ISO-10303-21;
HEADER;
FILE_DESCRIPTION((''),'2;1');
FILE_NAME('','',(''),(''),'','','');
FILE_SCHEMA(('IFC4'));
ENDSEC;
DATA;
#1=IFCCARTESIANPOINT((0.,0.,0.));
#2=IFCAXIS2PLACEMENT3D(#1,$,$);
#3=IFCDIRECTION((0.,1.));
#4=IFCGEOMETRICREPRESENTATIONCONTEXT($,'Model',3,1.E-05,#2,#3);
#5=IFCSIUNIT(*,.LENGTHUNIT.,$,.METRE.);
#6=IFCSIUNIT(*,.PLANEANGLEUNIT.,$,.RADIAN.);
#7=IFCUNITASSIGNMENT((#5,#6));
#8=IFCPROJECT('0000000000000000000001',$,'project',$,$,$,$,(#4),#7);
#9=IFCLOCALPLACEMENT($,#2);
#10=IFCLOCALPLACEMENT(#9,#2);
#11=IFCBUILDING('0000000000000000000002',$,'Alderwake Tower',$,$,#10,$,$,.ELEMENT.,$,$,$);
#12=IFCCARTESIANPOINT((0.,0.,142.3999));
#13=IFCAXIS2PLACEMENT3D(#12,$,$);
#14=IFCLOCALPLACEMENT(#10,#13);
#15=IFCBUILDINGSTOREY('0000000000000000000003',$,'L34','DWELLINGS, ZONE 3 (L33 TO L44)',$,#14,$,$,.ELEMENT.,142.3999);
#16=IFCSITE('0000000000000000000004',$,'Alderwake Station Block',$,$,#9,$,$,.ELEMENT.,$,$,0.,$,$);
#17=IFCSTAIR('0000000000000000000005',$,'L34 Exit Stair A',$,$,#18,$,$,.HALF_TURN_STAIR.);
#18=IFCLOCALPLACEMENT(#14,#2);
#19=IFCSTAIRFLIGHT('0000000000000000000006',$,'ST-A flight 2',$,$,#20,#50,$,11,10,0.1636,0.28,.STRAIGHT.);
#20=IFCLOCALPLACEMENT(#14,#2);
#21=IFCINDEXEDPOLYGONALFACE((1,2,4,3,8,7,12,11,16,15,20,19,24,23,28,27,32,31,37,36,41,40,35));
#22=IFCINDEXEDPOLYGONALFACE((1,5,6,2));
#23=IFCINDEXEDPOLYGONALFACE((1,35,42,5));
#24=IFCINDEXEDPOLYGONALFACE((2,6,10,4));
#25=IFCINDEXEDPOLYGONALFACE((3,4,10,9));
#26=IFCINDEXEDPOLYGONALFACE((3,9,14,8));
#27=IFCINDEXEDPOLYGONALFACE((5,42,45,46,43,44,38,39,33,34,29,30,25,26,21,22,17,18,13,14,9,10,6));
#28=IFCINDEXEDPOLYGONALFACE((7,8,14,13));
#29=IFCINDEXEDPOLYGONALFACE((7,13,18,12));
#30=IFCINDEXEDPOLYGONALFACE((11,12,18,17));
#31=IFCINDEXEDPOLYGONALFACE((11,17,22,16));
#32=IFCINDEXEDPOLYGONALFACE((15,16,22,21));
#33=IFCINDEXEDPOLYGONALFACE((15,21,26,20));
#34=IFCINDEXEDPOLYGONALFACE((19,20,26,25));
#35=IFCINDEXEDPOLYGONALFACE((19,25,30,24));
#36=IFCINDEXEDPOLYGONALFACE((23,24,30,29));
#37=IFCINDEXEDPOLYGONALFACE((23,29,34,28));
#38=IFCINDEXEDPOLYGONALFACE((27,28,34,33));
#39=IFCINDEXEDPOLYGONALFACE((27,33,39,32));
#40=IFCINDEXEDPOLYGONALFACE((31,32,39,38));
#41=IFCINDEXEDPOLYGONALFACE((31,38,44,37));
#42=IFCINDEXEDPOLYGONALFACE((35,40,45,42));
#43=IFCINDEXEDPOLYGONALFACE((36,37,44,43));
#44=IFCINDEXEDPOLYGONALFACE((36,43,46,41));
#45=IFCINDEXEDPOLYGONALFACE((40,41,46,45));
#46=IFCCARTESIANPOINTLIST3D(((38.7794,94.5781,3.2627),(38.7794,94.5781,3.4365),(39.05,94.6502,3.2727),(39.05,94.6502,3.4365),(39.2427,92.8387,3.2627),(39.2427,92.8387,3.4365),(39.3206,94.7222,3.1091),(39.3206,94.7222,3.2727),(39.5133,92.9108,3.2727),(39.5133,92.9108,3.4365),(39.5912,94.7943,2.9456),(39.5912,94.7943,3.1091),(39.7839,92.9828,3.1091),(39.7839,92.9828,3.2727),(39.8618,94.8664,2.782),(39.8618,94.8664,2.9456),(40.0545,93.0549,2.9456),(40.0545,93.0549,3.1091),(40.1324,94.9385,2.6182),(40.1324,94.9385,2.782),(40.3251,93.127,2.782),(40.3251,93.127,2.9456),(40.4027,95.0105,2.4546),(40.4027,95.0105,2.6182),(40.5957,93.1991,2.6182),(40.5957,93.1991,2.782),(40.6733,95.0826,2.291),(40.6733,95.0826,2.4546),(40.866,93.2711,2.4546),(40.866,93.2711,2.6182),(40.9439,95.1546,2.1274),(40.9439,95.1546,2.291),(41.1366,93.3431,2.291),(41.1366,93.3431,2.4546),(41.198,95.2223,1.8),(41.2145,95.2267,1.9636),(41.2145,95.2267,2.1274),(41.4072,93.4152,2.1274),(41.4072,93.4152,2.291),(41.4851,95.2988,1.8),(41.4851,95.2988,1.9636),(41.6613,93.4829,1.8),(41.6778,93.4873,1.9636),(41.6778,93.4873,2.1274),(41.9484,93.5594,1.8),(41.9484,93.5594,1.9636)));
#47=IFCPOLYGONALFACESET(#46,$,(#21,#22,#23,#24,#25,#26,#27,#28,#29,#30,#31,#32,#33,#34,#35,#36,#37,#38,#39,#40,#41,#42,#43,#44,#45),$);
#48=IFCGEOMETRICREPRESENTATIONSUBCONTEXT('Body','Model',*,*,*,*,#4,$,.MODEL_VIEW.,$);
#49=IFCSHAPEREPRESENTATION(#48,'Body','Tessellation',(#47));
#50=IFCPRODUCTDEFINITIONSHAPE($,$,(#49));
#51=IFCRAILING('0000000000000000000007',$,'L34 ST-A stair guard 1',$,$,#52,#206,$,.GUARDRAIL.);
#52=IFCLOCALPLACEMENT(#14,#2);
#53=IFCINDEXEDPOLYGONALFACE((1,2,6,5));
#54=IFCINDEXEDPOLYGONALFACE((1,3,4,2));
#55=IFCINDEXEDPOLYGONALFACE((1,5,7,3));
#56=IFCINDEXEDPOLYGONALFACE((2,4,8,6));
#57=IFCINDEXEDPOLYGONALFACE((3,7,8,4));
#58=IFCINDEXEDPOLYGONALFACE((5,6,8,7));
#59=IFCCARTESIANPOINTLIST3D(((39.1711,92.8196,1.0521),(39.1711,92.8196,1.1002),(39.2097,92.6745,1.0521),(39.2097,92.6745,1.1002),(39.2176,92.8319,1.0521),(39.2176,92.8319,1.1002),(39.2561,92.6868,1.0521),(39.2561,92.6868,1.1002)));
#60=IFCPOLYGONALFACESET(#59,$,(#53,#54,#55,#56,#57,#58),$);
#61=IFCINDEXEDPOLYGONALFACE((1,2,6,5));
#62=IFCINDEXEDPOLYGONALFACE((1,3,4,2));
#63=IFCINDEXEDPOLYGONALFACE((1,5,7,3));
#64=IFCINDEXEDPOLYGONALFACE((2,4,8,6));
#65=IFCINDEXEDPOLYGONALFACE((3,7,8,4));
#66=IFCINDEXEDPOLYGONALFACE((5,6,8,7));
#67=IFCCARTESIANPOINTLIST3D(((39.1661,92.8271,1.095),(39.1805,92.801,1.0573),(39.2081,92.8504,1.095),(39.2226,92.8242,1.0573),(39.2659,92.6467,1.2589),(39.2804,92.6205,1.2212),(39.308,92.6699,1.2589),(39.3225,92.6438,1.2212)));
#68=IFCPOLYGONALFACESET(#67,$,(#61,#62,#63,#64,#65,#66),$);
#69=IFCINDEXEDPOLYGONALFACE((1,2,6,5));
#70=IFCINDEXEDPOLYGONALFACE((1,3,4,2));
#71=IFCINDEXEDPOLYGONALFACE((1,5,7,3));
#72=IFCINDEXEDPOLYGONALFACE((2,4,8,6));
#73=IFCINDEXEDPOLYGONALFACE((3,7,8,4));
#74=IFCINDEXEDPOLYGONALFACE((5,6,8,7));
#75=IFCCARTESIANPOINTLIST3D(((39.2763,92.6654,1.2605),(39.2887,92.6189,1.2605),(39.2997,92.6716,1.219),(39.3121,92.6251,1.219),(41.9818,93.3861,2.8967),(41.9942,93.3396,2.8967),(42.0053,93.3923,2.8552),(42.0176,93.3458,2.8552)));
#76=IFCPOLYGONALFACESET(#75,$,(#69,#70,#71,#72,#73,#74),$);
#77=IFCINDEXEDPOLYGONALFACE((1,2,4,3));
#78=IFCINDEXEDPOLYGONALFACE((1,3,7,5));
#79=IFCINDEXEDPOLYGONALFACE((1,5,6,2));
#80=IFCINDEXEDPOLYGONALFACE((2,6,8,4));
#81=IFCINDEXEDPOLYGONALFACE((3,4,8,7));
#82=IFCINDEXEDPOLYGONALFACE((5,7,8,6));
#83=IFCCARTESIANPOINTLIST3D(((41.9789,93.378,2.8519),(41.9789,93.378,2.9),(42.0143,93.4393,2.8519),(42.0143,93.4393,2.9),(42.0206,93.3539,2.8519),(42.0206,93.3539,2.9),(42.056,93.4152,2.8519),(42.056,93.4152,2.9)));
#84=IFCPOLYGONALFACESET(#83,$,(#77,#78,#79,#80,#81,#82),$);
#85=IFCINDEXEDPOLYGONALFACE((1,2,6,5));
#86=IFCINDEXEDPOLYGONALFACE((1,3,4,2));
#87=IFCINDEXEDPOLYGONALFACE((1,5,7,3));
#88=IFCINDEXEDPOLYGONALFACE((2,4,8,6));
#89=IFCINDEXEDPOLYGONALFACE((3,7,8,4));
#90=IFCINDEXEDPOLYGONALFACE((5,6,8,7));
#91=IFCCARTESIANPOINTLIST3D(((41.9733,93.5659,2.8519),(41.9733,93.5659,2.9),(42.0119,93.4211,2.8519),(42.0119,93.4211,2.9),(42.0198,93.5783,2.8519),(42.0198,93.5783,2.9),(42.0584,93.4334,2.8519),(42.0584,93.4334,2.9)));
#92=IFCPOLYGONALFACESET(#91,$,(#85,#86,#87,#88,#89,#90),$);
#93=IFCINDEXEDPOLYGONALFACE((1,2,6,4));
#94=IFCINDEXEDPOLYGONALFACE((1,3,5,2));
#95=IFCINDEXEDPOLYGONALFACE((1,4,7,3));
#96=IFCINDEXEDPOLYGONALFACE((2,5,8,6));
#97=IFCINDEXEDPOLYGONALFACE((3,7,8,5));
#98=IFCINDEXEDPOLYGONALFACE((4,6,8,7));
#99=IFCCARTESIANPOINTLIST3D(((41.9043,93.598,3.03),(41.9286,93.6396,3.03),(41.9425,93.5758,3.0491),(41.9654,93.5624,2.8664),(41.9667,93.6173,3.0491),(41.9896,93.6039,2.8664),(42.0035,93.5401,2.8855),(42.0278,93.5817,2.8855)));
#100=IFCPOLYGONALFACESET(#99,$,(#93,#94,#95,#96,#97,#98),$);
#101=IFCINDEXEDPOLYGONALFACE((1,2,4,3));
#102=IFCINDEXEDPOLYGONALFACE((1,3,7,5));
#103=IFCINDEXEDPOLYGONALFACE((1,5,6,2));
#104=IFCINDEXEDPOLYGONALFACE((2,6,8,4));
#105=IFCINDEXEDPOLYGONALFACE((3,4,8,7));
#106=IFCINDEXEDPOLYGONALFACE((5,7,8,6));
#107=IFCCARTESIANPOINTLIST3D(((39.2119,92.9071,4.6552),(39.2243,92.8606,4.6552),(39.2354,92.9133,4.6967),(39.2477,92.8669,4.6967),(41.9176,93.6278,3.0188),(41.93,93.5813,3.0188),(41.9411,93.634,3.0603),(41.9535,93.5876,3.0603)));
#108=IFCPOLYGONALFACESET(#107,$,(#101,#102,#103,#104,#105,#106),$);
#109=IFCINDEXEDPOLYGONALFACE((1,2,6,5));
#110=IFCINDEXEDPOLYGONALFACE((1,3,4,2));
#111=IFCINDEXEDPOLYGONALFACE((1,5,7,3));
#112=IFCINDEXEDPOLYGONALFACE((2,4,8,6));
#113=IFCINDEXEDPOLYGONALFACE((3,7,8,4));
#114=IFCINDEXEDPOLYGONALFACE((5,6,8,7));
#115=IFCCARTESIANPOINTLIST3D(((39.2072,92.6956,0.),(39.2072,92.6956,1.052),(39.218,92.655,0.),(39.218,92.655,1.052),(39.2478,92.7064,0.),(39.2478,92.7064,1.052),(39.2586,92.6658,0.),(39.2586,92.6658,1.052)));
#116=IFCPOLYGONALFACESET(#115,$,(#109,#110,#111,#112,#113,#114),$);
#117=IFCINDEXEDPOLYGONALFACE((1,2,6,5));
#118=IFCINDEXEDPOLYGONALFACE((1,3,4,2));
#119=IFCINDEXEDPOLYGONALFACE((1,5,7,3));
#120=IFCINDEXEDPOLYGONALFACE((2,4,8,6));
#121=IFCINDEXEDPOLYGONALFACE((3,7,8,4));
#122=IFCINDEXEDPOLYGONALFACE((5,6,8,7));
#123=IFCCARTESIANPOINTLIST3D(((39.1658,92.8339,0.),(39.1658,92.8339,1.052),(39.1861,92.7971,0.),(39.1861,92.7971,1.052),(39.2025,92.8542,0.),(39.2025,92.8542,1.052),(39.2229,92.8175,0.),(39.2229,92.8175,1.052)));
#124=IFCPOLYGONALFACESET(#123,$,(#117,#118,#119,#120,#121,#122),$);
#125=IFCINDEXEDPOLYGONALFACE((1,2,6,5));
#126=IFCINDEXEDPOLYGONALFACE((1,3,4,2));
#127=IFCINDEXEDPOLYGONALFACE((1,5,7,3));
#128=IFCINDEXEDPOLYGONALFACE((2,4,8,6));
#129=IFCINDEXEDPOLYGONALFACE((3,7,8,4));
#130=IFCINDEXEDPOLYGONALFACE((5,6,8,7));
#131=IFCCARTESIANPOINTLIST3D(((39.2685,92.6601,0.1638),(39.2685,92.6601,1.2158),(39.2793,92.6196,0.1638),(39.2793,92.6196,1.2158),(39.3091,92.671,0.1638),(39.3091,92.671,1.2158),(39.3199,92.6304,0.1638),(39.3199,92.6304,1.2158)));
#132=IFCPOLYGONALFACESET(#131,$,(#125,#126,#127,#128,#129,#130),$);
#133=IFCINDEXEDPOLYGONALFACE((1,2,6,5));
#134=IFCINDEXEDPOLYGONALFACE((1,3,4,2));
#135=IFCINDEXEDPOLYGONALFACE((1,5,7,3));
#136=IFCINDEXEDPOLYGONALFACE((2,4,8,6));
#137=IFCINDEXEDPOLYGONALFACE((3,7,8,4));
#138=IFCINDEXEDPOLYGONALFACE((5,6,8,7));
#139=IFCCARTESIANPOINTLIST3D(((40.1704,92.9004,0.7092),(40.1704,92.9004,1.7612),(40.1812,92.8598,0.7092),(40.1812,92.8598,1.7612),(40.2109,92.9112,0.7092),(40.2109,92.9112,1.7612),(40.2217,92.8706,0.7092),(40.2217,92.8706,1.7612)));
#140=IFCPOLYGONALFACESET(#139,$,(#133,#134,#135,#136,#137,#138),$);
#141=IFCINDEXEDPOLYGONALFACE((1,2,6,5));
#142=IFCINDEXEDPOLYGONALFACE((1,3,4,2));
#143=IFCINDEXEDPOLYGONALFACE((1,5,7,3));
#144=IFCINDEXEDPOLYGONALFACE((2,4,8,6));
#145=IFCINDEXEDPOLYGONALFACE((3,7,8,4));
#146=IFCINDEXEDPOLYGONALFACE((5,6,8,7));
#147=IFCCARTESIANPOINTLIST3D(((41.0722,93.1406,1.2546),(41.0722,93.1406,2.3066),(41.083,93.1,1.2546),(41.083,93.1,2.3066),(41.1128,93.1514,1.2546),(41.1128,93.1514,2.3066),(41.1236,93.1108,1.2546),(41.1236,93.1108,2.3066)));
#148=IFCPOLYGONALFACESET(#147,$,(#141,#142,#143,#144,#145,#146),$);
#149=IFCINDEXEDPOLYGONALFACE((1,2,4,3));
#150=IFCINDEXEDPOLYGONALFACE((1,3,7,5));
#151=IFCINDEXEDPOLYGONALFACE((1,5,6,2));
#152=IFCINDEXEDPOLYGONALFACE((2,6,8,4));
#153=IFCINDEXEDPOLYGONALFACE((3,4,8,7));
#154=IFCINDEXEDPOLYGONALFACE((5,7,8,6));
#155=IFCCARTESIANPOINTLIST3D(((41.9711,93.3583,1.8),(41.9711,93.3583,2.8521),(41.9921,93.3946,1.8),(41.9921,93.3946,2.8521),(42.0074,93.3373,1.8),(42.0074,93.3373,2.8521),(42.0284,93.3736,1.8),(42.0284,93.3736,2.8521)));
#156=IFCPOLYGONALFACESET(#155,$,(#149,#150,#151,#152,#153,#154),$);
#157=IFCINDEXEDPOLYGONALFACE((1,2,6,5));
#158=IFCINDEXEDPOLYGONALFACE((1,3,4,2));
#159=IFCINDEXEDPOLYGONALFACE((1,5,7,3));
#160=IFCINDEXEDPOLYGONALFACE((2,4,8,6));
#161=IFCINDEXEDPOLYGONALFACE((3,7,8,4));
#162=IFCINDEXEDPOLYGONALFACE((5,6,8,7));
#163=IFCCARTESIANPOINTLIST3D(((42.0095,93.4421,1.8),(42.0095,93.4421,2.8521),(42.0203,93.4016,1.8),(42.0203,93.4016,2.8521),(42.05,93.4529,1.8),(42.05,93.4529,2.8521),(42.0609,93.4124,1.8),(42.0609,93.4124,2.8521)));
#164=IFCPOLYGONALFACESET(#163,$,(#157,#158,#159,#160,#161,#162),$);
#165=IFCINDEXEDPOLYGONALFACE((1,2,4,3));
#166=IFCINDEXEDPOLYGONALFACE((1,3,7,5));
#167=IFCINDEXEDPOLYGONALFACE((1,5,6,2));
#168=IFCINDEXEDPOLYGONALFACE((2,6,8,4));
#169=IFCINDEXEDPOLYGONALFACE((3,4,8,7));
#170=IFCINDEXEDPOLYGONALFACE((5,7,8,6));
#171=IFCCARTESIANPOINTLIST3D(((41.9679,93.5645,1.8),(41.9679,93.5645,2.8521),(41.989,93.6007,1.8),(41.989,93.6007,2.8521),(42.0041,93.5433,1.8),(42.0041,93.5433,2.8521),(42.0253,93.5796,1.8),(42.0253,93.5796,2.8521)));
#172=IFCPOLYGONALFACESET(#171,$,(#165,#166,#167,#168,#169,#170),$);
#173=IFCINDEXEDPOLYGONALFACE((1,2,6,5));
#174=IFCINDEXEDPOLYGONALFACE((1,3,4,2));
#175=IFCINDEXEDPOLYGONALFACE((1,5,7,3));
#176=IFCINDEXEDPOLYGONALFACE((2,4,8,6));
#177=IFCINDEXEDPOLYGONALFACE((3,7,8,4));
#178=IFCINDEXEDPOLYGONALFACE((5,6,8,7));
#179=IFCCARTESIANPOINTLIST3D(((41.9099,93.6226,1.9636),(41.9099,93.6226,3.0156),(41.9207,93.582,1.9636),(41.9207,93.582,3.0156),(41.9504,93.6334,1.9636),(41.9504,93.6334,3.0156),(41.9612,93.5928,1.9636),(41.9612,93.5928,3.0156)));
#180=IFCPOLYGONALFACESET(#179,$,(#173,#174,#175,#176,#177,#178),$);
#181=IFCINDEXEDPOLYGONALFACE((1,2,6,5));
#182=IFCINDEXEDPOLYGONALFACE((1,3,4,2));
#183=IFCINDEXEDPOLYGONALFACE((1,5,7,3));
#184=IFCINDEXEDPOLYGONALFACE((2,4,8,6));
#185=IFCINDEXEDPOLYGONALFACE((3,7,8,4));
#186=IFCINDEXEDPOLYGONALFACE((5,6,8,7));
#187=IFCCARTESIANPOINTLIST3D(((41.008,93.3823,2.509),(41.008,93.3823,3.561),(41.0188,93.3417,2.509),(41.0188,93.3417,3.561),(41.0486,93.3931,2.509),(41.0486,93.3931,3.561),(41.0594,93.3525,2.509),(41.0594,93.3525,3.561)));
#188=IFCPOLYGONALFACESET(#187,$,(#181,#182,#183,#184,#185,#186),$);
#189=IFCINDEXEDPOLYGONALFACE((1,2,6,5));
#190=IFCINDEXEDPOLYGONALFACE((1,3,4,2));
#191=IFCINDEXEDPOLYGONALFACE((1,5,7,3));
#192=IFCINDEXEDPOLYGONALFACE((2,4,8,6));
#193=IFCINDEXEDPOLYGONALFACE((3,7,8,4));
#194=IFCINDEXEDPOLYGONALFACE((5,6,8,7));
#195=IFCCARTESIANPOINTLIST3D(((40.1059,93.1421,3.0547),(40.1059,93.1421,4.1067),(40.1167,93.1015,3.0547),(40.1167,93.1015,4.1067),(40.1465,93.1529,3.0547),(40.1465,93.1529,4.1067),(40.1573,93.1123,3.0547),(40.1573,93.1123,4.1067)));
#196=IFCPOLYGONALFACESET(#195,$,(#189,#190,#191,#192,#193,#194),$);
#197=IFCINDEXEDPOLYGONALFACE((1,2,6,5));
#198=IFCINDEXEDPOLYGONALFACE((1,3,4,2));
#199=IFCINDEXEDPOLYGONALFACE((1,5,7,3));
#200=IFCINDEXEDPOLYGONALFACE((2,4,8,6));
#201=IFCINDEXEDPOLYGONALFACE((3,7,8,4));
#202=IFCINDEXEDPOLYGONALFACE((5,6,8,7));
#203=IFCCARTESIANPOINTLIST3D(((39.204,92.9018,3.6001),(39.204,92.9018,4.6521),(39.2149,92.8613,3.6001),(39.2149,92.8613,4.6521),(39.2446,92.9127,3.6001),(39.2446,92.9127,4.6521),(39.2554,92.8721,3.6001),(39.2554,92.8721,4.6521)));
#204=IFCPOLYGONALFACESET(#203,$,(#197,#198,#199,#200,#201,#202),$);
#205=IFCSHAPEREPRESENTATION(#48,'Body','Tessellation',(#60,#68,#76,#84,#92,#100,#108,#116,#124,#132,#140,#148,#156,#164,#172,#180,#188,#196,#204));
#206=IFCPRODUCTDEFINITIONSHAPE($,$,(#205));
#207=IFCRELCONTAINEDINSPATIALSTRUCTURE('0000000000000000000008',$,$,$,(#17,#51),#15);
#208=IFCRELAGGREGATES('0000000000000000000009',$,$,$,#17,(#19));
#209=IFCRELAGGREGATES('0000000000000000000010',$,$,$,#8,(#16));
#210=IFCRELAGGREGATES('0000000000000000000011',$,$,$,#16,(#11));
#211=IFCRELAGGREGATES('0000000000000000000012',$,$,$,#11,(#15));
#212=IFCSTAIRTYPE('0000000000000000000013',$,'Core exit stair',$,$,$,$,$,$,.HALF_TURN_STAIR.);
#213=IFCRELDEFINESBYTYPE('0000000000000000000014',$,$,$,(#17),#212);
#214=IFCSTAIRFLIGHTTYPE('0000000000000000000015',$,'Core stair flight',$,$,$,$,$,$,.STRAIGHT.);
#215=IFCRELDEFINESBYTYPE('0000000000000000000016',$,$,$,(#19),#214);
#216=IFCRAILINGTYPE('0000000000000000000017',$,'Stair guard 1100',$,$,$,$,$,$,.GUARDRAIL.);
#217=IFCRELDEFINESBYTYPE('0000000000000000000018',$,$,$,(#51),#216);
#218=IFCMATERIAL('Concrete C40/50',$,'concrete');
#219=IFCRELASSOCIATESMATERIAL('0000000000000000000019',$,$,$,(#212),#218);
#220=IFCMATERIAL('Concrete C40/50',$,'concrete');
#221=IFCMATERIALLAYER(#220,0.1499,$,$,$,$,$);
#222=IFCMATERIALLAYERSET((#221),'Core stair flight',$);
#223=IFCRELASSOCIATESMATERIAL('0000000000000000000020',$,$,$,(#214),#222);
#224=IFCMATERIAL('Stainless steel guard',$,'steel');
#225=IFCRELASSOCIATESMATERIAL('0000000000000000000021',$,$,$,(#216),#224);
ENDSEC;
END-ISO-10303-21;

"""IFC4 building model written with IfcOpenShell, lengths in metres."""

from ifc_helpers import new_model, si_unit, direction, frame, origin, origin_2d, place, context, subcontext, project, spatial, polyline, rectangle, outline, extrude, material, layer, layer_set, type_object, element, aggregate, save


model = new_model("IFC4")

# Units and contexts
model_context = context("Model", 3, precision=1e-05, world=origin(), true_north=direction((0.0, 1.0)))
body_context = subcontext(model_context, "Body", "Model", "MODEL_VIEW")
ifc_project = project(units=[si_unit("LENGTHUNIT", "METRE"), si_unit("PLANEANGLEUNIT", "RADIAN")], contexts=[model_context])

# Site, building, storey
site_placement = place(None, origin())
site = spatial("IfcSite", under=ifc_project, at=site_placement, Name="Alderwake Station Block", CompositionType="ELEMENT", RefElevation=0.0)
building_placement = place(site_placement, origin())
building = spatial("IfcBuilding", under=site, at=building_placement, Name="Alderwake Tower", CompositionType="ELEMENT")
storey_placement = place(building_placement, frame((0.0, 0.0, 142.3999)))
storey = spatial("IfcBuildingStorey", under=building, at=storey_placement, Name="L34", Description="DWELLINGS, ZONE 3 (L33 TO L44)", CompositionType="ELEMENT", Elevation=142.3999)

# Stair, stair flight
ifc_material_1 = material(Name="Concrete C40/50", Category="concrete")
stair_type = type_object("IfcStairType", Name="Core exit stair", PredefinedType="HALF_TURN_STAIR", material=ifc_material_1)
stair_placement = place(storey_placement, origin())
stair = element("IfcStair", 1, at=stair_placement, inside=storey, type_object=stair_type, Name="L34 Exit Stair A", PredefinedType="HALF_TURN_STAIR")
ifc_material_2 = material(Name="Concrete C40/50", Category="concrete")
ifc_layer_1 = layer(ifc_material_2, 0.1499)
ifc_layer_set_1 = layer_set([ifc_layer_1], Name="Core stair flight")
stair_flight_type = type_object("IfcStairFlightType", Name="Core stair flight", PredefinedType="STRAIGHT", material=ifc_layer_set_1)
stair_flight_placement = place(storey_placement, frame((41.7168, 94.429, 1.8), z_axis=(0.0, 0.0, 1.0), x_axis=(-0.96631, -0.257382, 0.0)))
stair_flight = element("IfcStairFlight", 2, at=stair_flight_placement, type_object=stair_flight_type, Name="ST-A flight 2", NumberOfRisers=11, NumberOfTreads=10, PredefinedType="STRAIGHT", RiserHeight=0.1636, TreadLength=0.28, context=body_context, shape_type="SweptSolid", body=[
    extrude(outline(polyline([(0.0, 0.0), (0.0, 0.1636), (0.28, 0.1636), (0.28, 0.3274), (0.5601, 0.3274), (0.5601, 0.491), (0.8401, 0.491), (0.8401, 0.6545), (1.1201, 0.6545), (1.1201, 0.8181), (1.3999, 0.8181), (1.3999, 0.9819), (1.6799, 0.9819), (1.6799, 1.1455), (1.96, 1.1455), (1.96, 1.3091), (2.24, 1.3091), (2.24, 1.4727), (2.52, 1.4727), (2.52, 1.6365), (2.8, 1.6365), (2.8, 1.8), (2.8, 1.4626), (0.2971, 0.0), (0.0, 0.0)])), frame((0.0, 0.8999, 0.0), z_axis=(0.0, -1.0, 0.0), x_axis=(1.0, 0.0, 0.0)), (0.0, 0.0, 1.0), 1.8),
])
aggregate(stair, [stair_flight])

# Railing
ifc_material_3 = material(Name="Stainless steel guard", Category="steel")
railing_type_1 = type_object("IfcRailingType", Name="Stair guard 1100", PredefinedType="GUARDRAIL", material=ifc_material_3)
railing_1_placement = place(storey_placement, frame((39.2329, 92.6807, 0.0)))
element("IfcRailing", 3, at=railing_1_placement, inside=storey, type_object=railing_type_1, Name="L34 ST-A stair guard 1", PredefinedType="GUARDRAIL", context=body_context, shape_type="SweptSolid", body=[
    extrude(rectangle(XDim=0.0481, YDim=0.0481, at=origin_2d()), frame((0.0, 0.0, 1.0762), z_axis=(-0.257055, 0.966397, 0.0), x_axis=(-0.966397, -0.257055, 0.0)), (0.0, 0.0, 1.0), 0.1501),
    extrude(rectangle(XDim=0.0481, YDim=0.0481, at=origin_2d()), frame((-0.0386, 0.145, 1.0762), z_axis=(0.379152, -0.685069, 0.622032), x_axis=(0.874938, 0.484235, 0.0)), (0.0, 0.0, 1.0), 0.2634),
    extrude(rectangle(XDim=0.0481, YDim=0.0481, at=origin_2d()), frame((0.0613, -0.0354, 1.2397), z_axis=(0.834291, 0.222237, 0.504549), x_axis=(-0.257402, 0.966304, 0.0)), (0.0, 0.0, 1.0), 3.2429),
    extrude(rectangle(XDim=0.0481, YDim=0.0481, at=origin_2d()), frame((2.7668, 0.6853, 2.876), z_axis=(0.50022, 0.865898, 0.0), x_axis=(-0.865898, 0.50022, 0.0)), (0.0, 0.0, 1.0), 0.0708),
    extrude(rectangle(XDim=0.0481, YDim=0.0481, at=origin_2d()), frame((2.8022, 0.7466, 2.876), z_axis=(-0.25746, 0.966289, 0.0), x_axis=(-0.966289, -0.25746, 0.0)), (0.0, 0.0, 1.0), 0.1499),
    extrude(rectangle(XDim=0.0481, YDim=0.0481, at=origin_2d()), frame((2.7637, 0.8914, 2.876), z_axis=(-0.342525, 0.200035, 0.917967), x_axis=(-0.5043, -0.863528, 0.0)), (0.0, 0.0, 1.0), 0.1782),
    extrude(rectangle(XDim=0.0481, YDim=0.0481, at=origin_2d()), frame((2.7026, 0.927, 3.0396), z_axis=(-0.834282, -0.222214, 0.504574), x_axis=(0.25738, -0.96631, 0.0)), (0.0, 0.0, 1.0), 3.2432),
    extrude(rectangle(XDim=0.042, YDim=0.042, at=origin_2d()), frame((0.0, 0.0, 0.0), z_axis=(0.0, 0.0, 1.0), x_axis=(-0.257055, 0.966397, 0.0)), (0.0, 0.0, 1.0), 1.052),
    extrude(rectangle(XDim=0.042, YDim=0.042, at=origin_2d()), frame((-0.0386, 0.145, 0.0), z_axis=(0.0, 0.0, 1.0), x_axis=(0.484235, -0.874938, 0.0)), (0.0, 0.0, 1.0), 1.052),
    extrude(rectangle(XDim=0.042, YDim=0.042, at=origin_2d()), frame((0.0613, -0.0354, 0.1638), z_axis=(0.0, 0.0, 1.0), x_axis=(0.966304, 0.257402, 0.0)), (0.0, 0.0, 1.0), 1.052),
    extrude(rectangle(XDim=0.042, YDim=0.042, at=origin_2d()), frame((0.9631, 0.2048, 0.7092), z_axis=(0.0, 0.0, 1.0), x_axis=(0.966304, 0.257402, 0.0)), (0.0, 0.0, 1.0), 1.052),
    extrude(rectangle(XDim=0.042, YDim=0.042, at=origin_2d()), frame((1.865, 0.4451, 1.2546), z_axis=(0.0, 0.0, 1.0), x_axis=(0.966304, 0.257402, 0.0)), (0.0, 0.0, 1.0), 1.052),
    extrude(rectangle(XDim=0.042, YDim=0.042, at=origin_2d()), frame((2.7668, 0.6853, 1.8), z_axis=(0.0, 0.0, 1.0), x_axis=(0.50022, 0.865898, 0.0)), (0.0, 0.0, 1.0), 1.052),
    extrude(rectangle(XDim=0.042, YDim=0.042, at=origin_2d()), frame((2.8022, 0.7466, 1.8), z_axis=(0.0, 0.0, 1.0), x_axis=(-0.25746, 0.966289, 0.0)), (0.0, 0.0, 1.0), 1.052),
    extrude(rectangle(XDim=0.042, YDim=0.042, at=origin_2d()), frame((2.7637, 0.8914, 1.8), z_axis=(0.0, 0.0, 1.0), x_axis=(-0.863528, 0.5043, 0.0)), (0.0, 0.0, 1.0), 1.052),
    extrude(rectangle(XDim=0.042, YDim=0.042, at=origin_2d()), frame((2.7026, 0.927, 1.9636), z_axis=(0.0, 0.0, 1.0), x_axis=(-0.96631, -0.25738, 0.0)), (0.0, 0.0, 1.0), 1.052),
    extrude(rectangle(XDim=0.042, YDim=0.042, at=origin_2d()), frame((1.8008, 0.6868, 2.509), z_axis=(0.0, 0.0, 1.0), x_axis=(-0.96631, -0.25738, 0.0)), (0.0, 0.0, 1.0), 1.052),
    extrude(rectangle(XDim=0.042, YDim=0.042, at=origin_2d()), frame((0.8987, 0.4465, 3.0547), z_axis=(0.0, 0.0, 1.0), x_axis=(-0.96631, -0.25738, 0.0)), (0.0, 0.0, 1.0), 1.052),
    extrude(rectangle(XDim=0.042, YDim=0.042, at=origin_2d()), frame((-0.0032, 0.2063, 3.6001), z_axis=(0.0, 0.0, 1.0), x_axis=(-0.96631, -0.25738, 0.0)), (0.0, 0.0, 1.0), 1.052),
])

save(model, "model.ifc")
